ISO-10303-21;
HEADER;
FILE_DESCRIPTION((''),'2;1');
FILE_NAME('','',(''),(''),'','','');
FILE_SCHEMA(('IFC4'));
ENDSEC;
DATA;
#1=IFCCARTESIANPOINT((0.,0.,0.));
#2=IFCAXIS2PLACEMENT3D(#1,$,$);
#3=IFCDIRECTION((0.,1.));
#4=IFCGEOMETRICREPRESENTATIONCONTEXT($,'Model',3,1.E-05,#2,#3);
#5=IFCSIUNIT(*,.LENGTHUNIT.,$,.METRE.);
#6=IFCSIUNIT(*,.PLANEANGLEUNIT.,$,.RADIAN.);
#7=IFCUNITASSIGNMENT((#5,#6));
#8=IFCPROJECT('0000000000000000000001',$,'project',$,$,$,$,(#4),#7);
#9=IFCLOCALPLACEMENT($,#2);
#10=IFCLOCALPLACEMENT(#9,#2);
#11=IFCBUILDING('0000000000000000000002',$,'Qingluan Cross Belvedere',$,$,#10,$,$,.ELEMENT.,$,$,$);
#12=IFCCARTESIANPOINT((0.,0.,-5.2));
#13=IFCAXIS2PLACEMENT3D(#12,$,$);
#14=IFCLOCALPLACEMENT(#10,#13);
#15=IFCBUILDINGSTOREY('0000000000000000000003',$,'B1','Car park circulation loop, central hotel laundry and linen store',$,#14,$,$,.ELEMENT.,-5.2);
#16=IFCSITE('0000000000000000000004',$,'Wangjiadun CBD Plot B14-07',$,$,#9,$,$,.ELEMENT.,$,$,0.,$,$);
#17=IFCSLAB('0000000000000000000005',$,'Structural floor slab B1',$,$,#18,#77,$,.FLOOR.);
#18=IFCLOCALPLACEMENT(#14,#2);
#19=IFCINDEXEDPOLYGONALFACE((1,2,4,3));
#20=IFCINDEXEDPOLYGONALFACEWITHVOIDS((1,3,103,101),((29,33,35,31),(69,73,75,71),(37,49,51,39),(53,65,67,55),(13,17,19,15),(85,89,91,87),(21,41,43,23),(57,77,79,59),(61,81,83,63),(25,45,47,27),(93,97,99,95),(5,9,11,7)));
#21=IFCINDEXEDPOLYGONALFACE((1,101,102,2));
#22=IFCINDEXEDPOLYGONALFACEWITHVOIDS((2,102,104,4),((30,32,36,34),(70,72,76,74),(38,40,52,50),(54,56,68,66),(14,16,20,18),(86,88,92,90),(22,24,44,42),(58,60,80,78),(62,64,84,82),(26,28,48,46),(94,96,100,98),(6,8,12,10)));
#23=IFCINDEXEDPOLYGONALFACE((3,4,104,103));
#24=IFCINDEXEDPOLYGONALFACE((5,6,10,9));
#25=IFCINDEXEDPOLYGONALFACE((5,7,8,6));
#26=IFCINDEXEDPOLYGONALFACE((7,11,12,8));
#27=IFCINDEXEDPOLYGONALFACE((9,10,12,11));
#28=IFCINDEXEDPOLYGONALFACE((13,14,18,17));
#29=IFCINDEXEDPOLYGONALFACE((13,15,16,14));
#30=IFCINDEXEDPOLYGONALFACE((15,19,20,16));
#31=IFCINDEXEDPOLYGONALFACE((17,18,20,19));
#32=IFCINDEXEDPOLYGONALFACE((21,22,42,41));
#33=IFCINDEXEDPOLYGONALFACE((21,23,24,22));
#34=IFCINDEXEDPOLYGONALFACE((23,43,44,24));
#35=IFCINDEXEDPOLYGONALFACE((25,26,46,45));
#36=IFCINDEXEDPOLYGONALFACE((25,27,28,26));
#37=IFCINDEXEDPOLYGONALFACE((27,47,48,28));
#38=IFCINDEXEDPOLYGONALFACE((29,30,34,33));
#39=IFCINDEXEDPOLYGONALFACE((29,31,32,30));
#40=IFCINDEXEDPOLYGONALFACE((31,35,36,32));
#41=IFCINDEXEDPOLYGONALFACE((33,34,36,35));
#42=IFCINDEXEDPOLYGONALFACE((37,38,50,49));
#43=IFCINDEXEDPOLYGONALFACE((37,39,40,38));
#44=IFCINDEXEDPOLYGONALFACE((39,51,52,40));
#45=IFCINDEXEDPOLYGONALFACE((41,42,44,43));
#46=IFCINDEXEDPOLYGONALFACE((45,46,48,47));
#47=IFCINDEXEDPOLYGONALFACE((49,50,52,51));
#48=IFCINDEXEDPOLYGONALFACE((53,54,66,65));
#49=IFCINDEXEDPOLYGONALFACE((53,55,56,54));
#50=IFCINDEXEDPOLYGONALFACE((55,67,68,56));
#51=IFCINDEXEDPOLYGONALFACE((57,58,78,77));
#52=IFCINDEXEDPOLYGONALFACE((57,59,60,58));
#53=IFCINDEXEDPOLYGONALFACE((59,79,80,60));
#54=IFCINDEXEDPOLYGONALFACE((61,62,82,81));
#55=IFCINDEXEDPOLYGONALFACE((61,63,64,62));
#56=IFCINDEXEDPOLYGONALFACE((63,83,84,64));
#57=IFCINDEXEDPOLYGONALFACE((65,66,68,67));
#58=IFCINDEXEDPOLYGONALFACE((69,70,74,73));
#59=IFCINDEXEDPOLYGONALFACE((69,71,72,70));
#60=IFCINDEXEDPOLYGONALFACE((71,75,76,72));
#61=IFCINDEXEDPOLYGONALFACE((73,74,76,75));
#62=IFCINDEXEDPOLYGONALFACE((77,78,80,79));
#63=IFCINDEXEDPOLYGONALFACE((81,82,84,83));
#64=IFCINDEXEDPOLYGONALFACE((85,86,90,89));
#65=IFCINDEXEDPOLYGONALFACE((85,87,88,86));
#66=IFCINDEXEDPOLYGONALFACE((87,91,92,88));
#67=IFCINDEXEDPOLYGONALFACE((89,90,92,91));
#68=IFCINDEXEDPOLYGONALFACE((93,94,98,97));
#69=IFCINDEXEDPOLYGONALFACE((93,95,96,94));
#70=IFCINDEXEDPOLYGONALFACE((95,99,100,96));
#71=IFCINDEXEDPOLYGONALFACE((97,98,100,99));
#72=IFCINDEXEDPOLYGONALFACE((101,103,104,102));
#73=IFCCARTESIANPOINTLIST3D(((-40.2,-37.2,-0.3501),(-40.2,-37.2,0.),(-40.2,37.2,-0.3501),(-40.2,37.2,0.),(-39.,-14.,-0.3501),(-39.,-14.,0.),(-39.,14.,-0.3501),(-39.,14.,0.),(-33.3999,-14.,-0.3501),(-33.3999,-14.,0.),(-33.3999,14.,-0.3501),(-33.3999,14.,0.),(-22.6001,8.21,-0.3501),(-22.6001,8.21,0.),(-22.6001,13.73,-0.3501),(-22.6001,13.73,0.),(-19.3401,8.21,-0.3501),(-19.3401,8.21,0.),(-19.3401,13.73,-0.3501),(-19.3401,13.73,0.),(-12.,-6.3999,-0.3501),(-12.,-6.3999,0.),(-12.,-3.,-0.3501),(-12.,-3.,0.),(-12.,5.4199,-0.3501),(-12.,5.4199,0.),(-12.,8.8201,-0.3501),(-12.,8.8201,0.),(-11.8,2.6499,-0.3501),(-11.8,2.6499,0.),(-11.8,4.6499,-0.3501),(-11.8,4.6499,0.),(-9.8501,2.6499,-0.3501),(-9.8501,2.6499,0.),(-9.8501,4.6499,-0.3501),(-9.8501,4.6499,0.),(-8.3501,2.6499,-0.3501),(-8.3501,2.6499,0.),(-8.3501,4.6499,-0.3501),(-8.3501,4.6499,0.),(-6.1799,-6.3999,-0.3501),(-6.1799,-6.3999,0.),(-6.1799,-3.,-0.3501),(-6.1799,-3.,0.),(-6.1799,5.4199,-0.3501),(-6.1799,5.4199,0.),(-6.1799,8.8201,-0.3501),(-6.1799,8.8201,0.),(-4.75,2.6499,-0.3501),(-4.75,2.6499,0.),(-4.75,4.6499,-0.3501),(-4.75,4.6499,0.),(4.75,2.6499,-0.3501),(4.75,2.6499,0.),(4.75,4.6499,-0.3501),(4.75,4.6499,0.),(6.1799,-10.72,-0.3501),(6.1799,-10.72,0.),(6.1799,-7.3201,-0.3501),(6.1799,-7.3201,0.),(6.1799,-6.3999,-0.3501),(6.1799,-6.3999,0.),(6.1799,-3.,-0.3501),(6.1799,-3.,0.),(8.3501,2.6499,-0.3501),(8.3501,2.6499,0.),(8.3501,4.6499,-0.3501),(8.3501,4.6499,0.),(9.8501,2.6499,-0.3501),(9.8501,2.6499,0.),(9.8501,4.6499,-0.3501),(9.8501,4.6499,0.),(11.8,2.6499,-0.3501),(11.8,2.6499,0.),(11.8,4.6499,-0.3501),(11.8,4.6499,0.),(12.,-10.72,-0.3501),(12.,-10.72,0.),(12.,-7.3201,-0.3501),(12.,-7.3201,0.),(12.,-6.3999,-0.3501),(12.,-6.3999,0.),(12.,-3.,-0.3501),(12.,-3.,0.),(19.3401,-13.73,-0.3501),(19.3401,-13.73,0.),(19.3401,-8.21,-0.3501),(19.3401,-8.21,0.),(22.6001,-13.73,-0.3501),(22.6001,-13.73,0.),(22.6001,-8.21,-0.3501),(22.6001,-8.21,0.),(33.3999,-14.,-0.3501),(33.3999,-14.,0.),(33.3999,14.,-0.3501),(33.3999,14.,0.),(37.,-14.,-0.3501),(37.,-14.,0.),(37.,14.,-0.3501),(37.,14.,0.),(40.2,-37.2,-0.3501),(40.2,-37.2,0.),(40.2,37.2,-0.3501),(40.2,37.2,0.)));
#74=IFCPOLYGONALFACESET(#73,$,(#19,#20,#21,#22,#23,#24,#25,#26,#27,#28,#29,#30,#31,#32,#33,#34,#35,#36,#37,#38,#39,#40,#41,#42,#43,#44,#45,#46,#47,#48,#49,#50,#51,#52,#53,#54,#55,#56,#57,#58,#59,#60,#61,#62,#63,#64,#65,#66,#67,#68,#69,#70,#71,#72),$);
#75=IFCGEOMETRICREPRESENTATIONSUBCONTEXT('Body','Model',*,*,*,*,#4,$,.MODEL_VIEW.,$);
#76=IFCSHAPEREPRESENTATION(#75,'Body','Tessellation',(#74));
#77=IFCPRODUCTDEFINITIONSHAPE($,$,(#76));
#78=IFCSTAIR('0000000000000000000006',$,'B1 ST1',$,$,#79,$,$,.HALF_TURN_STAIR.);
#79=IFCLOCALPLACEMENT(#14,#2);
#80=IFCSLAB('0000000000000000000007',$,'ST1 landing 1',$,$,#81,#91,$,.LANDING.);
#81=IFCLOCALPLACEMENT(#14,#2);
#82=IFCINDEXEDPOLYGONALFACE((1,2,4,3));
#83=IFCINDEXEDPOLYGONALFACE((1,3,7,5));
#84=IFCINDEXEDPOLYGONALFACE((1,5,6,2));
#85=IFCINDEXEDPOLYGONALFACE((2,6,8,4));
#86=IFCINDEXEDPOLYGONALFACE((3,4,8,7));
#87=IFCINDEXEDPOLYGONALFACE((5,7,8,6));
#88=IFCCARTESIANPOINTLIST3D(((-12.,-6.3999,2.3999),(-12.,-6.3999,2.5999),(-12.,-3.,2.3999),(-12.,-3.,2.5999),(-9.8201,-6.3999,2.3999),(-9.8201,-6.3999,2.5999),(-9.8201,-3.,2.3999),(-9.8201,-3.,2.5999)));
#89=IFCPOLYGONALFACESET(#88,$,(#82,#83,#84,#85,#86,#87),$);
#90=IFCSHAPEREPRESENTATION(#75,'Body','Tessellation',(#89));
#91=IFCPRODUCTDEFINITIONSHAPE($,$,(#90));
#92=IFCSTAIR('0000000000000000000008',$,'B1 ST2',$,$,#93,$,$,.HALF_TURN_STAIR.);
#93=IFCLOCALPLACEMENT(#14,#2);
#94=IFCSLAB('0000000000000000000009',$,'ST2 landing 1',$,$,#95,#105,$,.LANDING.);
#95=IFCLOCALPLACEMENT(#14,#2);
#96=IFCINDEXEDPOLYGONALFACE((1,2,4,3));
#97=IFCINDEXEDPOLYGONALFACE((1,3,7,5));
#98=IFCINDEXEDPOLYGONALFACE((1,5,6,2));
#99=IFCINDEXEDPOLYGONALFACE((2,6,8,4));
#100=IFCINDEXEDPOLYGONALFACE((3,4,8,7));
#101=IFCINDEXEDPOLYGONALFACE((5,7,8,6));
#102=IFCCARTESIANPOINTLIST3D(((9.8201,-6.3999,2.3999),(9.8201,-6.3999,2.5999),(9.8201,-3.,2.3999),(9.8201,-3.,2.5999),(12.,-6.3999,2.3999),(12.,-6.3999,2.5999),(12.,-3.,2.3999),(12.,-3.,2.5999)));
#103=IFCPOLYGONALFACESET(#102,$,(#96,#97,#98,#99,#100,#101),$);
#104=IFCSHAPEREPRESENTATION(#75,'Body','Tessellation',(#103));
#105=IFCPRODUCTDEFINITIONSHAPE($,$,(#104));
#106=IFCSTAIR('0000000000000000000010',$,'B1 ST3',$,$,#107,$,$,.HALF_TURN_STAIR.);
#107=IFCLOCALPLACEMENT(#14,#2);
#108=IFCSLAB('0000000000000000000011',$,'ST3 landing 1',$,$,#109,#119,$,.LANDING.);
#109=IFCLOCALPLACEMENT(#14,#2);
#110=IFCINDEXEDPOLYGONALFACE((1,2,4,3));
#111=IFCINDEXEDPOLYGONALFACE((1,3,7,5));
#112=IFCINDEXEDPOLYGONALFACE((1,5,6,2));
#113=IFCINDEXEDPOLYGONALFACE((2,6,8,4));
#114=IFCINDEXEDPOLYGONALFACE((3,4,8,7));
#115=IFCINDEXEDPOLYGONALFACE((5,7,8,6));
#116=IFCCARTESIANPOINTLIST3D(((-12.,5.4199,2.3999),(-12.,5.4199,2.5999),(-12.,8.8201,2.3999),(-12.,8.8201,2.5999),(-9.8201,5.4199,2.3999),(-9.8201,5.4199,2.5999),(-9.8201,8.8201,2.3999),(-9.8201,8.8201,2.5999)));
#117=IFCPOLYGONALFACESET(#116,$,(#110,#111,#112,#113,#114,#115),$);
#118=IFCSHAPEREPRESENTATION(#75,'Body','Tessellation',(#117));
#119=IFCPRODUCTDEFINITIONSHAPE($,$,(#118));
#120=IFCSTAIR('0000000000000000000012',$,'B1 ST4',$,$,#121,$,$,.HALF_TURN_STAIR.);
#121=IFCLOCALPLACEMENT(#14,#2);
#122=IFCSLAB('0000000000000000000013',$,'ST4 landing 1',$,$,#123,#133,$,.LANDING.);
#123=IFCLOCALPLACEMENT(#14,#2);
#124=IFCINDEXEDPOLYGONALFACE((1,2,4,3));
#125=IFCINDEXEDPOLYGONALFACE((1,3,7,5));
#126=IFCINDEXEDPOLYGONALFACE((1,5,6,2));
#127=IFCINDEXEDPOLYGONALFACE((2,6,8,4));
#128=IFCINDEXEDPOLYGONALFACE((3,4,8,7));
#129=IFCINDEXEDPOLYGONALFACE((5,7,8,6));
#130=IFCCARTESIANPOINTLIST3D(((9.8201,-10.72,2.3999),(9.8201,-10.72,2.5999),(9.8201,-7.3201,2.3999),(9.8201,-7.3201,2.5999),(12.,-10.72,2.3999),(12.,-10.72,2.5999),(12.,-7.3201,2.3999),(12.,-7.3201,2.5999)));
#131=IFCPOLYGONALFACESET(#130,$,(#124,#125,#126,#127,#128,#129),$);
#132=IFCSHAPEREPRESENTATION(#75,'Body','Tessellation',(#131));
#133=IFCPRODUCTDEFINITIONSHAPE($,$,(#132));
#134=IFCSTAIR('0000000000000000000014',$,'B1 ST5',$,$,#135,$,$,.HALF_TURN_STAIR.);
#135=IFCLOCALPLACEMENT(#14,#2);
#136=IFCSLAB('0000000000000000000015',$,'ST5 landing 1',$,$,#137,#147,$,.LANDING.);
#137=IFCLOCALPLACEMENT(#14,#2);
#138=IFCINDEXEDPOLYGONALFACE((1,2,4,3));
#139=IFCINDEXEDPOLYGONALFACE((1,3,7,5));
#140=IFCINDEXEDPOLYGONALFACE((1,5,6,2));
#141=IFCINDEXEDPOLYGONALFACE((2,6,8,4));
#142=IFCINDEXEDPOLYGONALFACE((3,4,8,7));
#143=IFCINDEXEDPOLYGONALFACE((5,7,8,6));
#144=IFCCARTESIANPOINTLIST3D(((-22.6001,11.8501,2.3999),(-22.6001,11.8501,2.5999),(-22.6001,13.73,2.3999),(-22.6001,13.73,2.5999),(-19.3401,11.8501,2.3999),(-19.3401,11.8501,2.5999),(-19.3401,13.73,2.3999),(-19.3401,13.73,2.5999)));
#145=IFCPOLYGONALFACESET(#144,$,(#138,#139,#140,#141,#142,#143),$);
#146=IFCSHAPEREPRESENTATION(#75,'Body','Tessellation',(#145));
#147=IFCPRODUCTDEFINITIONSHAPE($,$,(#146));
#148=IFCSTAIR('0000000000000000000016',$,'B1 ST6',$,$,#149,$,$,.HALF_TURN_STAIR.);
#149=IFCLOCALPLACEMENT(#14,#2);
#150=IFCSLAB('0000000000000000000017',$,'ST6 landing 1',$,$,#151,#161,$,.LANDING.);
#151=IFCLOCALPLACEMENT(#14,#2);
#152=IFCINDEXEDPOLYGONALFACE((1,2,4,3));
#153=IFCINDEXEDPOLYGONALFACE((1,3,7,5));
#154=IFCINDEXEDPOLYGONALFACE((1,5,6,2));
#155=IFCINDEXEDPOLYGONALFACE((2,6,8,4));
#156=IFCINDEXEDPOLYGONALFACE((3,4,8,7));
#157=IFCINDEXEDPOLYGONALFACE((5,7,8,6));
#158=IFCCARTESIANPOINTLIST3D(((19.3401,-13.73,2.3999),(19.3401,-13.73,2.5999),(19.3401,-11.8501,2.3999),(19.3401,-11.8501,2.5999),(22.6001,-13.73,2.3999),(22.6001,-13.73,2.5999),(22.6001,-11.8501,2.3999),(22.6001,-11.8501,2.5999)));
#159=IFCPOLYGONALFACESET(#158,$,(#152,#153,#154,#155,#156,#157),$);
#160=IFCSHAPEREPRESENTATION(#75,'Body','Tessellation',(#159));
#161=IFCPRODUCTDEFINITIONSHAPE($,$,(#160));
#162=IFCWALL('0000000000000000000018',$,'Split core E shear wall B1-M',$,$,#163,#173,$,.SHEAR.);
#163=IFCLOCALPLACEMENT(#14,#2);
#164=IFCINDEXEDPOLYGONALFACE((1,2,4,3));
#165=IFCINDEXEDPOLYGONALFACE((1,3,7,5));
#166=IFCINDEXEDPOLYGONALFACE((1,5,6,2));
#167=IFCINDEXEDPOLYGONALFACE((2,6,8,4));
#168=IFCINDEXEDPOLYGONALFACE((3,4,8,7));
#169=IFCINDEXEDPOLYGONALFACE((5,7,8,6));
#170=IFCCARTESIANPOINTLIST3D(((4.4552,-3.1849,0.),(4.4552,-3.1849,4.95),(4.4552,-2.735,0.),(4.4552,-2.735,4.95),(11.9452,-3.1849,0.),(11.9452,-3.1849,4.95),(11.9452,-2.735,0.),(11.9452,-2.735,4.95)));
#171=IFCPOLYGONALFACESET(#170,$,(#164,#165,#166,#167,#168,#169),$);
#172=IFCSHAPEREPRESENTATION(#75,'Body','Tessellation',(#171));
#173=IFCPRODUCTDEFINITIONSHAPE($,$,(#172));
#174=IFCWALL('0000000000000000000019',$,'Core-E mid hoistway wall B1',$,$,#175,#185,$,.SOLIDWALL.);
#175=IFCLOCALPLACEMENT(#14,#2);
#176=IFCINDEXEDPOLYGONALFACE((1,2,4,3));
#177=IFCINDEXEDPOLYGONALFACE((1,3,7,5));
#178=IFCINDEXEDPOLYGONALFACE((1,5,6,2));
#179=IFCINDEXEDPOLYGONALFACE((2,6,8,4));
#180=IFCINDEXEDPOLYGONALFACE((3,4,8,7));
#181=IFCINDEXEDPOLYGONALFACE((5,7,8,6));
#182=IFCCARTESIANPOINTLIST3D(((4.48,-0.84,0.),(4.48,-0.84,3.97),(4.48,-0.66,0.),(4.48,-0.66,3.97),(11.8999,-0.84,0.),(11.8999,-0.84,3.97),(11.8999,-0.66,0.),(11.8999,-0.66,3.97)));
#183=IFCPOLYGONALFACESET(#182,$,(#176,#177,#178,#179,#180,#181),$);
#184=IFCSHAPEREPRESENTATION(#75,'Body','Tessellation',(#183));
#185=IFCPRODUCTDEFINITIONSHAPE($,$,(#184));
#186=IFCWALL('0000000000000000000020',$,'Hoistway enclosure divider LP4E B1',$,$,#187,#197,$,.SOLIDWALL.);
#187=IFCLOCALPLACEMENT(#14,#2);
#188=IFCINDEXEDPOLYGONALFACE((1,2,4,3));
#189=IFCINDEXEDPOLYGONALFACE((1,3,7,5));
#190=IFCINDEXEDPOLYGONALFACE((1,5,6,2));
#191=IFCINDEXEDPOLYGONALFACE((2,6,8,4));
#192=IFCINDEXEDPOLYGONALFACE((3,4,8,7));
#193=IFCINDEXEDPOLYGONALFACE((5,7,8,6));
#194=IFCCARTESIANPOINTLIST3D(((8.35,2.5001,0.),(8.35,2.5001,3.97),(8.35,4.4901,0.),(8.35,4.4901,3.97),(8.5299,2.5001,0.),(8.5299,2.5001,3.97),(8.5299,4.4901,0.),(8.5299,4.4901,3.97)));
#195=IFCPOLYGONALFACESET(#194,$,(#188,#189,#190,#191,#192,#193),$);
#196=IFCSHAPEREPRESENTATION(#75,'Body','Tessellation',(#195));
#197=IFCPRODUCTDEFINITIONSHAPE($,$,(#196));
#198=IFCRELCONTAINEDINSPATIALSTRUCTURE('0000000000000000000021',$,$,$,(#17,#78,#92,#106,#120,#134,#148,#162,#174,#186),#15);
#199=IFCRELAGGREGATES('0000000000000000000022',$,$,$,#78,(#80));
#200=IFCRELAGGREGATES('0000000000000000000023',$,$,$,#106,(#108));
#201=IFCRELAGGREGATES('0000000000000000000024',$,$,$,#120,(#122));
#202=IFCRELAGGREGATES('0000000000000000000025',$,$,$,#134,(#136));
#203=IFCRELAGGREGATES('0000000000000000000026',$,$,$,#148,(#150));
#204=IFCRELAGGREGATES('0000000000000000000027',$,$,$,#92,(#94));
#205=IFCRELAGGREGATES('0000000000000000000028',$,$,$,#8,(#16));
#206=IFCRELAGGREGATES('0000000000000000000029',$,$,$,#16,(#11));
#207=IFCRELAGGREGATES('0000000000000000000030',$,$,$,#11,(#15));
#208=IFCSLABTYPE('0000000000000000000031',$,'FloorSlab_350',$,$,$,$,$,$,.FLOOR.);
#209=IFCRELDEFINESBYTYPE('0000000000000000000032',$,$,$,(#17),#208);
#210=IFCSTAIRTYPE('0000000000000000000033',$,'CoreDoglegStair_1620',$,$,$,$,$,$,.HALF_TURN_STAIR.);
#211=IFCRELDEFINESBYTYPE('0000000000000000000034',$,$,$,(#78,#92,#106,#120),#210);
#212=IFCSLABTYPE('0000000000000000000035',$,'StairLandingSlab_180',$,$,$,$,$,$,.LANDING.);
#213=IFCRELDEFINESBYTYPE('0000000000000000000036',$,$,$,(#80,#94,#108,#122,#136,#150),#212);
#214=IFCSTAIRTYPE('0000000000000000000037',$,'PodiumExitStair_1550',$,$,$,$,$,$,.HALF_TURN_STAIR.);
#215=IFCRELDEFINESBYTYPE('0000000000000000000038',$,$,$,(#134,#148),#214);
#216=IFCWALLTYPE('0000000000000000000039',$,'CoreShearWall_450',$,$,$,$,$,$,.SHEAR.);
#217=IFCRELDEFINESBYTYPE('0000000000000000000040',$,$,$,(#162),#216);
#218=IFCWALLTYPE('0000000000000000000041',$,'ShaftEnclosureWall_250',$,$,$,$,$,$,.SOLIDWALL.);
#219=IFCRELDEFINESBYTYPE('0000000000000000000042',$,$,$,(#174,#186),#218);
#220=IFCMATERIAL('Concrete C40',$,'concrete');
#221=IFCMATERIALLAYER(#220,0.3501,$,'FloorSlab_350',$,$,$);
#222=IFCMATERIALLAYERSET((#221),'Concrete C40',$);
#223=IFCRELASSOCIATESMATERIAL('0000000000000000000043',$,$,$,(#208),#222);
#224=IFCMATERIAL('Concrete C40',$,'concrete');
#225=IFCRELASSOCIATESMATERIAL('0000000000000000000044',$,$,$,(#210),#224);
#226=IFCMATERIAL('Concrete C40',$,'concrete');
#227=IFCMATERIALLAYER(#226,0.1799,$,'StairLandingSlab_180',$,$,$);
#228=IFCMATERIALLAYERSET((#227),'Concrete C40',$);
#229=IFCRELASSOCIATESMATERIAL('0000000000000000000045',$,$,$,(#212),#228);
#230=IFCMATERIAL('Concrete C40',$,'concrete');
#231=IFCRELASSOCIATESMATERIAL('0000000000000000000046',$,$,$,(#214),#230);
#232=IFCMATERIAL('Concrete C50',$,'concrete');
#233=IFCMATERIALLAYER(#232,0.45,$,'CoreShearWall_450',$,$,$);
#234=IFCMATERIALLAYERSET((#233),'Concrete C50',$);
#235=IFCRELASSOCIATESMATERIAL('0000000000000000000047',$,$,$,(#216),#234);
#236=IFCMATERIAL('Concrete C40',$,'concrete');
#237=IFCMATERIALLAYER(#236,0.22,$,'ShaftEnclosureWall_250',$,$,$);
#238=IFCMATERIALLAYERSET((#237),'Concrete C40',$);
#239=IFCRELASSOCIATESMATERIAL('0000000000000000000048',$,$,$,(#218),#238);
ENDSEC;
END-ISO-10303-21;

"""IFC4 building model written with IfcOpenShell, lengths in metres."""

from ifc_helpers import new_model, si_unit, direction, frame, frame_2d, origin, place, context, subcontext, project, spatial, polyline, rectangle, outline, extrude, material, layer, layer_set, type_object, element, aggregate, save


model = new_model("IFC4")

# Units and contexts
model_context = context("Model", 3, precision=1e-05, world=origin(), true_north=direction((0.0, 1.0)))
body_context = subcontext(model_context, "Body", "Model", "MODEL_VIEW")
ifc_project = project(units=[si_unit("LENGTHUNIT", "METRE"), si_unit("PLANEANGLEUNIT", "RADIAN")], contexts=[model_context])

# Site, building, storey
site_placement = place(None, origin())
site = spatial("IfcSite", under=ifc_project, at=site_placement, Name="Wangjiadun CBD Plot B14-07", CompositionType="ELEMENT", RefElevation=0.0)
building_placement = place(site_placement, origin())
building = spatial("IfcBuilding", under=site, at=building_placement, Name="Qingluan Cross Belvedere", CompositionType="ELEMENT")
storey_placement = place(building_placement, frame((0.0, 0.0, -5.2)))
storey = spatial("IfcBuildingStorey", under=building, at=storey_placement, Name="B1", Description="Car park circulation loop, central hotel laundry and linen store", CompositionType="ELEMENT", Elevation=-5.2)

# Slab
ifc_material_1 = material(Name="Concrete C40", Category="concrete")
ifc_layer_1 = layer(ifc_material_1, 0.3501, Name="FloorSlab_350")
ifc_layer_set_1 = layer_set([ifc_layer_1], Name="Concrete C40")
slab_type_1 = type_object("IfcSlabType", Name="FloorSlab_350", PredefinedType="FLOOR", material=ifc_layer_set_1)
slab_1_placement = place(storey_placement, frame((0.0, 0.0, -0.3501)))
element("IfcSlab", 1, at=slab_1_placement, inside=storey, type_object=slab_type_1, Name="Structural floor slab B1", PredefinedType="FLOOR", context=body_context, shape_type="SweptSolid", body=[
    extrude(outline(polyline([(40.2, -37.2), (40.2, 37.2), (-40.2, 37.2), (-40.2, -37.2), (40.2, -37.2)]), holes=[polyline([(-12.0, -3.0), (-6.1799, -3.0), (-6.1799, -6.3999), (-12.0, -6.3999), (-12.0, -3.0)]), polyline([(6.1799, -3.0), (12.0, -3.0), (12.0, -6.3999), (6.1799, -6.3999), (6.1799, -3.0)]), polyline([(-12.0, 8.8201), (-6.1799, 8.8201), (-6.1799, 5.4199), (-12.0, 5.4199), (-12.0, 8.8201)]), polyline([(6.1799, -7.3201), (12.0, -7.3201), (12.0, -10.72), (6.1799, -10.72), (6.1799, -7.3201)]), polyline([(-22.6001, 13.73), (-19.3401, 13.73), (-19.3401, 8.21), (-22.6001, 8.21), (-22.6001, 13.73)]), polyline([(19.3401, -8.21), (22.6001, -8.21), (22.6001, -13.73), (19.3401, -13.73), (19.3401, -8.21)]), polyline([(-11.8, 4.6499), (-9.8501, 4.6499), (-9.8501, 2.6499), (-11.8, 2.6499), (-11.8, 4.6499)]), polyline([(-8.3501, 4.6499), (-4.75, 4.6499), (-4.75, 2.6499), (-8.3501, 2.6499), (-8.3501, 4.6499)]), polyline([(4.75, 4.6499), (8.3501, 4.6499), (8.3501, 2.6499), (4.75, 2.6499), (4.75, 4.6499)]), polyline([(9.8501, 4.6499), (11.8, 4.6499), (11.8, 2.6499), (9.8501, 2.6499), (9.8501, 4.6499)]), polyline([(-39.0, 14.0), (-33.3999, 14.0), (-33.3999, -14.0), (-39.0, -14.0), (-39.0, 14.0)]), polyline([(33.3999, 14.0), (37.0, 14.0), (37.0, -14.0), (33.3999, -14.0), (33.3999, 14.0)])]), origin(), (0.0, 0.0, 1.0), 0.3501),
])

# Stairs, slabs
ifc_material_2 = material(Name="Concrete C40", Category="concrete")
stair_type_1 = type_object("IfcStairType", Name="CoreDoglegStair_1620", PredefinedType="HALF_TURN_STAIR", material=ifc_material_2)
stair_1_placement = place(storey_placement, origin())
stair_1 = element("IfcStair", 2, at=stair_1_placement, inside=storey, type_object=stair_type_1, Name="B1 ST1", PredefinedType="HALF_TURN_STAIR")
ifc_material_3 = material(Name="Concrete C40", Category="concrete")
ifc_layer_2 = layer(ifc_material_3, 0.1799, Name="StairLandingSlab_180")
ifc_layer_set_2 = layer_set([ifc_layer_2], Name="Concrete C40")
slab_type_2 = type_object("IfcSlabType", Name="StairLandingSlab_180", PredefinedType="LANDING", material=ifc_layer_set_2)
slab_2_placement = place(storey_placement, frame((0.0, 0.0, 2.3999)))
slab_2 = element("IfcSlab", 3, at=slab_2_placement, type_object=slab_type_2, Name="ST1 landing 1", PredefinedType="LANDING", context=body_context, shape_type="SweptSolid", body=[
    extrude(outline(polyline([(-9.8201, -3.0), (-12.0, -3.0), (-12.0, -6.3999), (-9.8201, -6.3999), (-9.8201, -3.0)])), origin(), (0.0, 0.0, 1.0), 0.2),
])
aggregate(stair_1, [slab_2])
stair_2_placement = place(storey_placement, origin())
stair_2 = element("IfcStair", 4, at=stair_2_placement, inside=storey, type_object=stair_type_1, Name="B1 ST2", PredefinedType="HALF_TURN_STAIR")
slab_3_placement = place(storey_placement, frame((0.0, 0.0, 2.3999)))
slab_3 = element("IfcSlab", 5, at=slab_3_placement, type_object=slab_type_2, Name="ST2 landing 1", PredefinedType="LANDING", context=body_context, shape_type="SweptSolid", body=[
    extrude(outline(polyline([(9.8201, -6.3999), (12.0, -6.3999), (12.0, -3.0), (9.8201, -3.0), (9.8201, -6.3999)])), origin(), (0.0, 0.0, 1.0), 0.2),
])
stair_3_placement = place(storey_placement, origin())
stair_3 = element("IfcStair", 6, at=stair_3_placement, inside=storey, type_object=stair_type_1, Name="B1 ST3", PredefinedType="HALF_TURN_STAIR")
slab_4_placement = place(storey_placement, frame((0.0, 0.0, 2.3999)))
slab_4 = element("IfcSlab", 7, at=slab_4_placement, type_object=slab_type_2, Name="ST3 landing 1", PredefinedType="LANDING", context=body_context, shape_type="SweptSolid", body=[
    extrude(outline(polyline([(-9.8201, 8.8201), (-12.0, 8.8201), (-12.0, 5.4199), (-9.8201, 5.4199), (-9.8201, 8.8201)])), origin(), (0.0, 0.0, 1.0), 0.2),
])
aggregate(stair_3, [slab_4])
stair_4_placement = place(storey_placement, origin())
stair_4 = element("IfcStair", 8, at=stair_4_placement, inside=storey, type_object=stair_type_1, Name="B1 ST4", PredefinedType="HALF_TURN_STAIR")
slab_5_placement = place(storey_placement, frame((0.0, 0.0, 2.3999)))
slab_5 = element("IfcSlab", 9, at=slab_5_placement, type_object=slab_type_2, Name="ST4 landing 1", PredefinedType="LANDING", context=body_context, shape_type="SweptSolid", body=[
    extrude(outline(polyline([(9.8201, -10.72), (12.0, -10.72), (12.0, -7.3201), (9.8201, -7.3201), (9.8201, -10.72)])), origin(), (0.0, 0.0, 1.0), 0.2),
])
aggregate(stair_4, [slab_5])
ifc_material_4 = material(Name="Concrete C40", Category="concrete")
stair_type_2 = type_object("IfcStairType", Name="PodiumExitStair_1550", PredefinedType="HALF_TURN_STAIR", material=ifc_material_4)
stair_5_placement = place(storey_placement, origin())
stair_5 = element("IfcStair", 10, at=stair_5_placement, inside=storey, type_object=stair_type_2, Name="B1 ST5", PredefinedType="HALF_TURN_STAIR")
slab_6_placement = place(storey_placement, frame((0.0, 0.0, 2.3999)))
slab_6 = element("IfcSlab", 11, at=slab_6_placement, type_object=slab_type_2, Name="ST5 landing 1", PredefinedType="LANDING", context=body_context, shape_type="SweptSolid", body=[
    extrude(outline(polyline([(-19.3401, 11.8501), (-19.3401, 13.73), (-22.6001, 13.73), (-22.6001, 11.8501), (-19.3401, 11.8501)])), origin(), (0.0, 0.0, 1.0), 0.2),
])
aggregate(stair_5, [slab_6])
stair_6_placement = place(storey_placement, origin())
stair_6 = element("IfcStair", 12, at=stair_6_placement, inside=storey, type_object=stair_type_2, Name="B1 ST6", PredefinedType="HALF_TURN_STAIR")
slab_7_placement = place(storey_placement, frame((0.0, 0.0, 2.3999)))
slab_7 = element("IfcSlab", 13, at=slab_7_placement, type_object=slab_type_2, Name="ST6 landing 1", PredefinedType="LANDING", context=body_context, shape_type="SweptSolid", body=[
    extrude(outline(polyline([(19.3401, -11.8501), (19.3401, -13.73), (22.6001, -13.73), (22.6001, -11.8501), (19.3401, -11.8501)])), origin(), (0.0, 0.0, 1.0), 0.2),
])
aggregate(stair_6, [slab_7])

# Wall
ifc_material_5 = material(Name="Concrete C50", Category="concrete")
ifc_layer_3 = layer(ifc_material_5, 0.45, Name="CoreShearWall_450")
ifc_layer_set_3 = layer_set([ifc_layer_3], Name="Concrete C50")
wall_type_1 = type_object("IfcWallType", Name="CoreShearWall_450", PredefinedType="SHEAR", material=ifc_layer_set_3)
wall_1_placement = place(storey_placement, frame((4.4551, -2.96, 0.0), z_axis=(0.0, 0.0, 1.0), x_axis=(1.0, 0.0, 0.0)))
element("IfcWall", 14, at=wall_1_placement, inside=storey, type_object=wall_type_1, Name="Split core E shear wall B1-M", PredefinedType="SHEAR", context=body_context, shape_type="SweptSolid", body=[
    extrude(rectangle(XDim=7.49, YDim=0.45, at=frame_2d((3.7451, 0.0))), origin(), (0.0, 0.0, 1.0), 4.95),
])

# Shared definitions
ifc_material_6 = material(Name="Concrete C40", Category="concrete")
ifc_layer_4 = layer(ifc_material_6, 0.22, Name="ShaftEnclosureWall_250")
ifc_layer_set_4 = layer_set([ifc_layer_4], Name="Concrete C40")
wall_type_2 = type_object("IfcWallType", Name="ShaftEnclosureWall_250", PredefinedType="SOLIDWALL", material=ifc_layer_set_4)

# Walls
wall_2_placement = place(storey_placement, frame((4.48, -0.75, 0.0), z_axis=(0.0, 0.0, 1.0), x_axis=(1.0, 0.0, 0.0)))
element("IfcWall", 15, at=wall_2_placement, inside=storey, type_object=wall_type_2, Name="Core-E mid hoistway wall B1", PredefinedType="SOLIDWALL", context=body_context, shape_type="SweptSolid", body=[
    extrude(rectangle(XDim=7.4199, YDim=0.1799, at=frame_2d((3.71, 0.0))), origin(), (0.0, 0.0, 1.0), 3.97),
])
for number, where, z_axis, x_axis, name in (
    (16, (8.4399, 2.5, 0.0), (0.0, 0.0, 1.0), (0.0, 1.0, 0.0), "Hoistway enclosure divider LP4E B1"),
):
    element("IfcWall", number, at=place(storey_placement, frame(where, z_axis=z_axis, x_axis=x_axis)), inside=storey, type_object=wall_type_2, Name=name, PredefinedType="SOLIDWALL", context=body_context, shape_type="SweptSolid", body=[
        extrude(rectangle(XDim=1.99, YDim=0.1799, at=frame_2d((0.9951, 0.0))), origin(), (0.0, 0.0, 1.0), 3.97),
    ])

aggregate(stair_2, [slab_3])

save(model, "model.ifc")
